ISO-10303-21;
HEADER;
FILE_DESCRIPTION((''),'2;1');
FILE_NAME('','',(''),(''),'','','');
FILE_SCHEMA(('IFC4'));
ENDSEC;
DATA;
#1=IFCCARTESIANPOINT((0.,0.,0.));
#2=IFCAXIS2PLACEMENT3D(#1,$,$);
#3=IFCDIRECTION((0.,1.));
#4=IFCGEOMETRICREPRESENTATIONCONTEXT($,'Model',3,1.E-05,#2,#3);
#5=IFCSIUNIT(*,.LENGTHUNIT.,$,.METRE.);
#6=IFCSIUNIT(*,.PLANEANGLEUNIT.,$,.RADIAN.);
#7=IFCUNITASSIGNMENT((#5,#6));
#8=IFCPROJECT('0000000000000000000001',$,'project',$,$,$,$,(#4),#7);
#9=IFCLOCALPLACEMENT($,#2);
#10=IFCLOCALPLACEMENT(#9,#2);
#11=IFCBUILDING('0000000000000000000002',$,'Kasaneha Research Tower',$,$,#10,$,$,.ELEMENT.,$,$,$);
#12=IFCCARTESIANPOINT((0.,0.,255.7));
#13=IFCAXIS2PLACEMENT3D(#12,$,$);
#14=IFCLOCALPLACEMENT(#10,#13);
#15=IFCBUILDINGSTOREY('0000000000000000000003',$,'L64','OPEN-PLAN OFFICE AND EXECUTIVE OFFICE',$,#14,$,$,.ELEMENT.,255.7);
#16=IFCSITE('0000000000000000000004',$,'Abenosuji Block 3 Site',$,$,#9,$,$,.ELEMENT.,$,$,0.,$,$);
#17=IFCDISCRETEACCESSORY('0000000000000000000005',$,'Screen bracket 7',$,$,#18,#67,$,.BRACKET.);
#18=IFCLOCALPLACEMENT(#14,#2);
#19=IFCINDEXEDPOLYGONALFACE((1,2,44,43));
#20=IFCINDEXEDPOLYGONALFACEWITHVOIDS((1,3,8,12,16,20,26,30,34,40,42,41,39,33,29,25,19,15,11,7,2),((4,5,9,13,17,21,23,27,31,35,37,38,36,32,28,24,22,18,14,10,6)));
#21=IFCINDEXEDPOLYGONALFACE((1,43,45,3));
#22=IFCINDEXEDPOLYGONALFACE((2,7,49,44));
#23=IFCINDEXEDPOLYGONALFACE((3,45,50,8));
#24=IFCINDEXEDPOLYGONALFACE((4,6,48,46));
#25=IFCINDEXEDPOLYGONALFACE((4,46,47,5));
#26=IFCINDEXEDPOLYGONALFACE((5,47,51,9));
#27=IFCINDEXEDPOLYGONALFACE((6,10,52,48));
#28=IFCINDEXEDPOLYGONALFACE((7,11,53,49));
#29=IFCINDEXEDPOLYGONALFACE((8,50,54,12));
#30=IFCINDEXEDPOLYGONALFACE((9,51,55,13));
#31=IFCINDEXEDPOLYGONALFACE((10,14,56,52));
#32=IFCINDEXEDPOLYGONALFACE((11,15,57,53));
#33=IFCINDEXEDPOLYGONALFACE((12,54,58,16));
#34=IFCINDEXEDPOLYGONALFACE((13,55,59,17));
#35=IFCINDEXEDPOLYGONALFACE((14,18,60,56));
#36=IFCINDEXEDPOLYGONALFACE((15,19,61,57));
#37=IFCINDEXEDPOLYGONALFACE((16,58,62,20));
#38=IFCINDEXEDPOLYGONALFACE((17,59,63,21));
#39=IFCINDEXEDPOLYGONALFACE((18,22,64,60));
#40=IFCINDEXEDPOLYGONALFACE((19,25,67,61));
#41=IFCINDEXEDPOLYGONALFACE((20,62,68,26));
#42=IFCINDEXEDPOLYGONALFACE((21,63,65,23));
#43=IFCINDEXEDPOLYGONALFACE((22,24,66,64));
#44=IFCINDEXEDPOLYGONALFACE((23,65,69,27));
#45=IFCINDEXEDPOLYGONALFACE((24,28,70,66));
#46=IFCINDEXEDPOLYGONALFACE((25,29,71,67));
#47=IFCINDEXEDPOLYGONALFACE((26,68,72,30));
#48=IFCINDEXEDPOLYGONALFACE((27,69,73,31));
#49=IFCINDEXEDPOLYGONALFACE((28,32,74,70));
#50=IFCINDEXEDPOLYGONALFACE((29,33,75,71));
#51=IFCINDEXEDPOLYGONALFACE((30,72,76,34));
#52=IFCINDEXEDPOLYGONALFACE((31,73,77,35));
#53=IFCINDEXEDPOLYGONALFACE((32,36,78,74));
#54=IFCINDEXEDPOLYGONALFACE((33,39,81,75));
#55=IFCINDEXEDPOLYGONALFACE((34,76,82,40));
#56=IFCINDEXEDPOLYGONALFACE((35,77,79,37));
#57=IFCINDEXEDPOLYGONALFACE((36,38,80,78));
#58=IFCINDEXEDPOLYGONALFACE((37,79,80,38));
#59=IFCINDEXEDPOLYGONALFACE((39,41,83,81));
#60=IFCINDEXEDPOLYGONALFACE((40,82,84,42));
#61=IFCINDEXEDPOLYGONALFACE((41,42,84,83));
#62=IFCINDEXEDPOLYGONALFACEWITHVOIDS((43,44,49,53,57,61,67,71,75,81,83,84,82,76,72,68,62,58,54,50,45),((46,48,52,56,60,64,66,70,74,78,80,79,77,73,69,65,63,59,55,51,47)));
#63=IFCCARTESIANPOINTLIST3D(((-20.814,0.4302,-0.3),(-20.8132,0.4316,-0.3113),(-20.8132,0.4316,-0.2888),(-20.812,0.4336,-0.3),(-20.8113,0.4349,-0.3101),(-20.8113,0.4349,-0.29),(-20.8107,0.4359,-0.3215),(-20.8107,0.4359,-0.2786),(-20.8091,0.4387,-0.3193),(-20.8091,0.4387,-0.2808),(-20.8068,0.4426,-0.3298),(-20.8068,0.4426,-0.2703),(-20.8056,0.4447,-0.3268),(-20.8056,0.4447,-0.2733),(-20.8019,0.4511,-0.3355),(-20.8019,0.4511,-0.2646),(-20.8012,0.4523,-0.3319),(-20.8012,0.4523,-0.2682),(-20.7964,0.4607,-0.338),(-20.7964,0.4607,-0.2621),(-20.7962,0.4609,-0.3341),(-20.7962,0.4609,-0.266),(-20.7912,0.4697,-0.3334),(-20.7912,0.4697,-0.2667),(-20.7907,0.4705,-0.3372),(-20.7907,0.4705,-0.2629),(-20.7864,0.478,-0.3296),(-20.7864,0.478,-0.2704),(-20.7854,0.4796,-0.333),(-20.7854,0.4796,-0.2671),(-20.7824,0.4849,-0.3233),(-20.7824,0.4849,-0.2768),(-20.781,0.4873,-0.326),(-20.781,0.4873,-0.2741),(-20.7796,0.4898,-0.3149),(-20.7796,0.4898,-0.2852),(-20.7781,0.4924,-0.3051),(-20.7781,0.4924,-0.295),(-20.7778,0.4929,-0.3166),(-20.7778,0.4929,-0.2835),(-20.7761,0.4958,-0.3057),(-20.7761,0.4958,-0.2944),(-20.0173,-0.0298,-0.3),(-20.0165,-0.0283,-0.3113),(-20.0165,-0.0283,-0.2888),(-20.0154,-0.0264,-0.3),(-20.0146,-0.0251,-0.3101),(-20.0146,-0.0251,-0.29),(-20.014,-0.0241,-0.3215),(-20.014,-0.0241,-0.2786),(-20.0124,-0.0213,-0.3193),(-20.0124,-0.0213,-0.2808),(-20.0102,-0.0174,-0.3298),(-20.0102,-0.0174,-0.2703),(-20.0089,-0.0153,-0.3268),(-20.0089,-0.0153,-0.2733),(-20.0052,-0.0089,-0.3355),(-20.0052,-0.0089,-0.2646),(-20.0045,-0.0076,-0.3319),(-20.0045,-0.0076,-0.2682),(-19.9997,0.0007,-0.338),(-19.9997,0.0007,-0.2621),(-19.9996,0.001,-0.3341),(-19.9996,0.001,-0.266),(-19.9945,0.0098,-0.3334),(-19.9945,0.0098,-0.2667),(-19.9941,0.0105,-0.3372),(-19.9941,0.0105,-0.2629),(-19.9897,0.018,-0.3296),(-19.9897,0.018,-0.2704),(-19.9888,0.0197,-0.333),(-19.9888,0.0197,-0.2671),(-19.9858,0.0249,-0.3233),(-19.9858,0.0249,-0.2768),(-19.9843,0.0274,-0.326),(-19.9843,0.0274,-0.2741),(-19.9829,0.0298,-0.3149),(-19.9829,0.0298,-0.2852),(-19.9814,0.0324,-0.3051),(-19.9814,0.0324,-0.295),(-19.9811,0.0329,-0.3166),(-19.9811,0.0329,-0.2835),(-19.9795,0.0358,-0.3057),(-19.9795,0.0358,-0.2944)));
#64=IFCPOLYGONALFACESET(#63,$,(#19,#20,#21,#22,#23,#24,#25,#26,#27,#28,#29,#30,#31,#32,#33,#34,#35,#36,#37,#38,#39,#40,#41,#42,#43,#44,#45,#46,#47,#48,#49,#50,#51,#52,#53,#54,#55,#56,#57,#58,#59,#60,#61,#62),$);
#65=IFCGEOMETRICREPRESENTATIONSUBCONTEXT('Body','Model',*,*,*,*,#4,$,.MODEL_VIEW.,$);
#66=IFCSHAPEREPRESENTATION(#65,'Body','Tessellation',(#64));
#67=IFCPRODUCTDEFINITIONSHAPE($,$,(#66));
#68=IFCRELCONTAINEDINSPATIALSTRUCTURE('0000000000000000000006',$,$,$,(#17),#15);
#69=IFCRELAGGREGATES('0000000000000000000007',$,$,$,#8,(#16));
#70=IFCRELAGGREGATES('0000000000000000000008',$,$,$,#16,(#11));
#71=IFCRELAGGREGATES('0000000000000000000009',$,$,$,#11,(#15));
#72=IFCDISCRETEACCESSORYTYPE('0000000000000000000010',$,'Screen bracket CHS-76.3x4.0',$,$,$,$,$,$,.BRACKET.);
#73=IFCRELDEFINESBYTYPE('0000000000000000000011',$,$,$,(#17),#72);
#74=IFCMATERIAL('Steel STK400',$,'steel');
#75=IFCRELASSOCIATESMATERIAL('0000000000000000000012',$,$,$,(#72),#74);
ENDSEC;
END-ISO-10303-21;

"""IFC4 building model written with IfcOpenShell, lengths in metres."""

from ifc_helpers import new_model, si_unit, direction, frame, origin, origin_2d, place, context, subcontext, project, spatial, hollow_circle, extrude, material, material_profile, profile_set, type_object, element, save


model = new_model("IFC4")

# Units and contexts
model_context = context("Model", 3, precision=1e-05, world=origin(), true_north=direction((0.0, 1.0)))
body_context = subcontext(model_context, "Body", "Model", "MODEL_VIEW")
ifc_project = project(units=[si_unit("LENGTHUNIT", "METRE"), si_unit("PLANEANGLEUNIT", "RADIAN")], contexts=[model_context])

# Site, building, storey
site_placement = place(None, origin())
site = spatial("IfcSite", under=ifc_project, at=site_placement, Name="Abenosuji Block 3 Site", CompositionType="ELEMENT", RefElevation=0.0)
building_placement = place(site_placement, origin())
building = spatial("IfcBuilding", under=site, at=building_placement, Name="Kasaneha Research Tower", CompositionType="ELEMENT")
storey_placement = place(building_placement, frame((0.0, 0.0, 255.7)))
storey = spatial("IfcBuildingStorey", under=building, at=storey_placement, Name="L64", Description="OPEN-PLAN OFFICE AND EXECUTIVE OFFICE", CompositionType="ELEMENT", Elevation=255.7)

# Discrete accessory
ifc_material_1 = material(Name="Steel STK400", Category="steel")
ifc_material_profile_1 = material_profile(ifc_material_1, hollow_circle(Radius=0.0381, WallThickness=0.0039, at=origin_2d()), Name="CHS-76.3x4.0")
ifc_profile_set_1 = profile_set([ifc_material_profile_1], Name="Steel STK400")
discrete_accessory_type = type_object("IfcDiscreteAccessoryType", Name="Screen bracket CHS-76.3x4.0", PredefinedType="BRACKET", material=ifc_profile_set_1)
discrete_accessory_1_placement = place(storey_placement, frame((-19.9983, 0.0032, -0.3), z_axis=(-0.866013, 0.500021, 0.0), x_axis=(-0.500021, -0.866013, 0.0)))
element("IfcDiscreteAccessory", 1, at=discrete_accessory_1_placement, inside=storey, type_object=discrete_accessory_type, Name="Screen bracket 7", PredefinedType="BRACKET", context=body_context, shape_type="SweptSolid", body=[
    extrude(hollow_circle(Radius=0.0381, WallThickness=0.0039, at=origin_2d()), origin(), (0.0, 0.0, 1.0), 0.9199),
])

save(model, "model.ifc")
